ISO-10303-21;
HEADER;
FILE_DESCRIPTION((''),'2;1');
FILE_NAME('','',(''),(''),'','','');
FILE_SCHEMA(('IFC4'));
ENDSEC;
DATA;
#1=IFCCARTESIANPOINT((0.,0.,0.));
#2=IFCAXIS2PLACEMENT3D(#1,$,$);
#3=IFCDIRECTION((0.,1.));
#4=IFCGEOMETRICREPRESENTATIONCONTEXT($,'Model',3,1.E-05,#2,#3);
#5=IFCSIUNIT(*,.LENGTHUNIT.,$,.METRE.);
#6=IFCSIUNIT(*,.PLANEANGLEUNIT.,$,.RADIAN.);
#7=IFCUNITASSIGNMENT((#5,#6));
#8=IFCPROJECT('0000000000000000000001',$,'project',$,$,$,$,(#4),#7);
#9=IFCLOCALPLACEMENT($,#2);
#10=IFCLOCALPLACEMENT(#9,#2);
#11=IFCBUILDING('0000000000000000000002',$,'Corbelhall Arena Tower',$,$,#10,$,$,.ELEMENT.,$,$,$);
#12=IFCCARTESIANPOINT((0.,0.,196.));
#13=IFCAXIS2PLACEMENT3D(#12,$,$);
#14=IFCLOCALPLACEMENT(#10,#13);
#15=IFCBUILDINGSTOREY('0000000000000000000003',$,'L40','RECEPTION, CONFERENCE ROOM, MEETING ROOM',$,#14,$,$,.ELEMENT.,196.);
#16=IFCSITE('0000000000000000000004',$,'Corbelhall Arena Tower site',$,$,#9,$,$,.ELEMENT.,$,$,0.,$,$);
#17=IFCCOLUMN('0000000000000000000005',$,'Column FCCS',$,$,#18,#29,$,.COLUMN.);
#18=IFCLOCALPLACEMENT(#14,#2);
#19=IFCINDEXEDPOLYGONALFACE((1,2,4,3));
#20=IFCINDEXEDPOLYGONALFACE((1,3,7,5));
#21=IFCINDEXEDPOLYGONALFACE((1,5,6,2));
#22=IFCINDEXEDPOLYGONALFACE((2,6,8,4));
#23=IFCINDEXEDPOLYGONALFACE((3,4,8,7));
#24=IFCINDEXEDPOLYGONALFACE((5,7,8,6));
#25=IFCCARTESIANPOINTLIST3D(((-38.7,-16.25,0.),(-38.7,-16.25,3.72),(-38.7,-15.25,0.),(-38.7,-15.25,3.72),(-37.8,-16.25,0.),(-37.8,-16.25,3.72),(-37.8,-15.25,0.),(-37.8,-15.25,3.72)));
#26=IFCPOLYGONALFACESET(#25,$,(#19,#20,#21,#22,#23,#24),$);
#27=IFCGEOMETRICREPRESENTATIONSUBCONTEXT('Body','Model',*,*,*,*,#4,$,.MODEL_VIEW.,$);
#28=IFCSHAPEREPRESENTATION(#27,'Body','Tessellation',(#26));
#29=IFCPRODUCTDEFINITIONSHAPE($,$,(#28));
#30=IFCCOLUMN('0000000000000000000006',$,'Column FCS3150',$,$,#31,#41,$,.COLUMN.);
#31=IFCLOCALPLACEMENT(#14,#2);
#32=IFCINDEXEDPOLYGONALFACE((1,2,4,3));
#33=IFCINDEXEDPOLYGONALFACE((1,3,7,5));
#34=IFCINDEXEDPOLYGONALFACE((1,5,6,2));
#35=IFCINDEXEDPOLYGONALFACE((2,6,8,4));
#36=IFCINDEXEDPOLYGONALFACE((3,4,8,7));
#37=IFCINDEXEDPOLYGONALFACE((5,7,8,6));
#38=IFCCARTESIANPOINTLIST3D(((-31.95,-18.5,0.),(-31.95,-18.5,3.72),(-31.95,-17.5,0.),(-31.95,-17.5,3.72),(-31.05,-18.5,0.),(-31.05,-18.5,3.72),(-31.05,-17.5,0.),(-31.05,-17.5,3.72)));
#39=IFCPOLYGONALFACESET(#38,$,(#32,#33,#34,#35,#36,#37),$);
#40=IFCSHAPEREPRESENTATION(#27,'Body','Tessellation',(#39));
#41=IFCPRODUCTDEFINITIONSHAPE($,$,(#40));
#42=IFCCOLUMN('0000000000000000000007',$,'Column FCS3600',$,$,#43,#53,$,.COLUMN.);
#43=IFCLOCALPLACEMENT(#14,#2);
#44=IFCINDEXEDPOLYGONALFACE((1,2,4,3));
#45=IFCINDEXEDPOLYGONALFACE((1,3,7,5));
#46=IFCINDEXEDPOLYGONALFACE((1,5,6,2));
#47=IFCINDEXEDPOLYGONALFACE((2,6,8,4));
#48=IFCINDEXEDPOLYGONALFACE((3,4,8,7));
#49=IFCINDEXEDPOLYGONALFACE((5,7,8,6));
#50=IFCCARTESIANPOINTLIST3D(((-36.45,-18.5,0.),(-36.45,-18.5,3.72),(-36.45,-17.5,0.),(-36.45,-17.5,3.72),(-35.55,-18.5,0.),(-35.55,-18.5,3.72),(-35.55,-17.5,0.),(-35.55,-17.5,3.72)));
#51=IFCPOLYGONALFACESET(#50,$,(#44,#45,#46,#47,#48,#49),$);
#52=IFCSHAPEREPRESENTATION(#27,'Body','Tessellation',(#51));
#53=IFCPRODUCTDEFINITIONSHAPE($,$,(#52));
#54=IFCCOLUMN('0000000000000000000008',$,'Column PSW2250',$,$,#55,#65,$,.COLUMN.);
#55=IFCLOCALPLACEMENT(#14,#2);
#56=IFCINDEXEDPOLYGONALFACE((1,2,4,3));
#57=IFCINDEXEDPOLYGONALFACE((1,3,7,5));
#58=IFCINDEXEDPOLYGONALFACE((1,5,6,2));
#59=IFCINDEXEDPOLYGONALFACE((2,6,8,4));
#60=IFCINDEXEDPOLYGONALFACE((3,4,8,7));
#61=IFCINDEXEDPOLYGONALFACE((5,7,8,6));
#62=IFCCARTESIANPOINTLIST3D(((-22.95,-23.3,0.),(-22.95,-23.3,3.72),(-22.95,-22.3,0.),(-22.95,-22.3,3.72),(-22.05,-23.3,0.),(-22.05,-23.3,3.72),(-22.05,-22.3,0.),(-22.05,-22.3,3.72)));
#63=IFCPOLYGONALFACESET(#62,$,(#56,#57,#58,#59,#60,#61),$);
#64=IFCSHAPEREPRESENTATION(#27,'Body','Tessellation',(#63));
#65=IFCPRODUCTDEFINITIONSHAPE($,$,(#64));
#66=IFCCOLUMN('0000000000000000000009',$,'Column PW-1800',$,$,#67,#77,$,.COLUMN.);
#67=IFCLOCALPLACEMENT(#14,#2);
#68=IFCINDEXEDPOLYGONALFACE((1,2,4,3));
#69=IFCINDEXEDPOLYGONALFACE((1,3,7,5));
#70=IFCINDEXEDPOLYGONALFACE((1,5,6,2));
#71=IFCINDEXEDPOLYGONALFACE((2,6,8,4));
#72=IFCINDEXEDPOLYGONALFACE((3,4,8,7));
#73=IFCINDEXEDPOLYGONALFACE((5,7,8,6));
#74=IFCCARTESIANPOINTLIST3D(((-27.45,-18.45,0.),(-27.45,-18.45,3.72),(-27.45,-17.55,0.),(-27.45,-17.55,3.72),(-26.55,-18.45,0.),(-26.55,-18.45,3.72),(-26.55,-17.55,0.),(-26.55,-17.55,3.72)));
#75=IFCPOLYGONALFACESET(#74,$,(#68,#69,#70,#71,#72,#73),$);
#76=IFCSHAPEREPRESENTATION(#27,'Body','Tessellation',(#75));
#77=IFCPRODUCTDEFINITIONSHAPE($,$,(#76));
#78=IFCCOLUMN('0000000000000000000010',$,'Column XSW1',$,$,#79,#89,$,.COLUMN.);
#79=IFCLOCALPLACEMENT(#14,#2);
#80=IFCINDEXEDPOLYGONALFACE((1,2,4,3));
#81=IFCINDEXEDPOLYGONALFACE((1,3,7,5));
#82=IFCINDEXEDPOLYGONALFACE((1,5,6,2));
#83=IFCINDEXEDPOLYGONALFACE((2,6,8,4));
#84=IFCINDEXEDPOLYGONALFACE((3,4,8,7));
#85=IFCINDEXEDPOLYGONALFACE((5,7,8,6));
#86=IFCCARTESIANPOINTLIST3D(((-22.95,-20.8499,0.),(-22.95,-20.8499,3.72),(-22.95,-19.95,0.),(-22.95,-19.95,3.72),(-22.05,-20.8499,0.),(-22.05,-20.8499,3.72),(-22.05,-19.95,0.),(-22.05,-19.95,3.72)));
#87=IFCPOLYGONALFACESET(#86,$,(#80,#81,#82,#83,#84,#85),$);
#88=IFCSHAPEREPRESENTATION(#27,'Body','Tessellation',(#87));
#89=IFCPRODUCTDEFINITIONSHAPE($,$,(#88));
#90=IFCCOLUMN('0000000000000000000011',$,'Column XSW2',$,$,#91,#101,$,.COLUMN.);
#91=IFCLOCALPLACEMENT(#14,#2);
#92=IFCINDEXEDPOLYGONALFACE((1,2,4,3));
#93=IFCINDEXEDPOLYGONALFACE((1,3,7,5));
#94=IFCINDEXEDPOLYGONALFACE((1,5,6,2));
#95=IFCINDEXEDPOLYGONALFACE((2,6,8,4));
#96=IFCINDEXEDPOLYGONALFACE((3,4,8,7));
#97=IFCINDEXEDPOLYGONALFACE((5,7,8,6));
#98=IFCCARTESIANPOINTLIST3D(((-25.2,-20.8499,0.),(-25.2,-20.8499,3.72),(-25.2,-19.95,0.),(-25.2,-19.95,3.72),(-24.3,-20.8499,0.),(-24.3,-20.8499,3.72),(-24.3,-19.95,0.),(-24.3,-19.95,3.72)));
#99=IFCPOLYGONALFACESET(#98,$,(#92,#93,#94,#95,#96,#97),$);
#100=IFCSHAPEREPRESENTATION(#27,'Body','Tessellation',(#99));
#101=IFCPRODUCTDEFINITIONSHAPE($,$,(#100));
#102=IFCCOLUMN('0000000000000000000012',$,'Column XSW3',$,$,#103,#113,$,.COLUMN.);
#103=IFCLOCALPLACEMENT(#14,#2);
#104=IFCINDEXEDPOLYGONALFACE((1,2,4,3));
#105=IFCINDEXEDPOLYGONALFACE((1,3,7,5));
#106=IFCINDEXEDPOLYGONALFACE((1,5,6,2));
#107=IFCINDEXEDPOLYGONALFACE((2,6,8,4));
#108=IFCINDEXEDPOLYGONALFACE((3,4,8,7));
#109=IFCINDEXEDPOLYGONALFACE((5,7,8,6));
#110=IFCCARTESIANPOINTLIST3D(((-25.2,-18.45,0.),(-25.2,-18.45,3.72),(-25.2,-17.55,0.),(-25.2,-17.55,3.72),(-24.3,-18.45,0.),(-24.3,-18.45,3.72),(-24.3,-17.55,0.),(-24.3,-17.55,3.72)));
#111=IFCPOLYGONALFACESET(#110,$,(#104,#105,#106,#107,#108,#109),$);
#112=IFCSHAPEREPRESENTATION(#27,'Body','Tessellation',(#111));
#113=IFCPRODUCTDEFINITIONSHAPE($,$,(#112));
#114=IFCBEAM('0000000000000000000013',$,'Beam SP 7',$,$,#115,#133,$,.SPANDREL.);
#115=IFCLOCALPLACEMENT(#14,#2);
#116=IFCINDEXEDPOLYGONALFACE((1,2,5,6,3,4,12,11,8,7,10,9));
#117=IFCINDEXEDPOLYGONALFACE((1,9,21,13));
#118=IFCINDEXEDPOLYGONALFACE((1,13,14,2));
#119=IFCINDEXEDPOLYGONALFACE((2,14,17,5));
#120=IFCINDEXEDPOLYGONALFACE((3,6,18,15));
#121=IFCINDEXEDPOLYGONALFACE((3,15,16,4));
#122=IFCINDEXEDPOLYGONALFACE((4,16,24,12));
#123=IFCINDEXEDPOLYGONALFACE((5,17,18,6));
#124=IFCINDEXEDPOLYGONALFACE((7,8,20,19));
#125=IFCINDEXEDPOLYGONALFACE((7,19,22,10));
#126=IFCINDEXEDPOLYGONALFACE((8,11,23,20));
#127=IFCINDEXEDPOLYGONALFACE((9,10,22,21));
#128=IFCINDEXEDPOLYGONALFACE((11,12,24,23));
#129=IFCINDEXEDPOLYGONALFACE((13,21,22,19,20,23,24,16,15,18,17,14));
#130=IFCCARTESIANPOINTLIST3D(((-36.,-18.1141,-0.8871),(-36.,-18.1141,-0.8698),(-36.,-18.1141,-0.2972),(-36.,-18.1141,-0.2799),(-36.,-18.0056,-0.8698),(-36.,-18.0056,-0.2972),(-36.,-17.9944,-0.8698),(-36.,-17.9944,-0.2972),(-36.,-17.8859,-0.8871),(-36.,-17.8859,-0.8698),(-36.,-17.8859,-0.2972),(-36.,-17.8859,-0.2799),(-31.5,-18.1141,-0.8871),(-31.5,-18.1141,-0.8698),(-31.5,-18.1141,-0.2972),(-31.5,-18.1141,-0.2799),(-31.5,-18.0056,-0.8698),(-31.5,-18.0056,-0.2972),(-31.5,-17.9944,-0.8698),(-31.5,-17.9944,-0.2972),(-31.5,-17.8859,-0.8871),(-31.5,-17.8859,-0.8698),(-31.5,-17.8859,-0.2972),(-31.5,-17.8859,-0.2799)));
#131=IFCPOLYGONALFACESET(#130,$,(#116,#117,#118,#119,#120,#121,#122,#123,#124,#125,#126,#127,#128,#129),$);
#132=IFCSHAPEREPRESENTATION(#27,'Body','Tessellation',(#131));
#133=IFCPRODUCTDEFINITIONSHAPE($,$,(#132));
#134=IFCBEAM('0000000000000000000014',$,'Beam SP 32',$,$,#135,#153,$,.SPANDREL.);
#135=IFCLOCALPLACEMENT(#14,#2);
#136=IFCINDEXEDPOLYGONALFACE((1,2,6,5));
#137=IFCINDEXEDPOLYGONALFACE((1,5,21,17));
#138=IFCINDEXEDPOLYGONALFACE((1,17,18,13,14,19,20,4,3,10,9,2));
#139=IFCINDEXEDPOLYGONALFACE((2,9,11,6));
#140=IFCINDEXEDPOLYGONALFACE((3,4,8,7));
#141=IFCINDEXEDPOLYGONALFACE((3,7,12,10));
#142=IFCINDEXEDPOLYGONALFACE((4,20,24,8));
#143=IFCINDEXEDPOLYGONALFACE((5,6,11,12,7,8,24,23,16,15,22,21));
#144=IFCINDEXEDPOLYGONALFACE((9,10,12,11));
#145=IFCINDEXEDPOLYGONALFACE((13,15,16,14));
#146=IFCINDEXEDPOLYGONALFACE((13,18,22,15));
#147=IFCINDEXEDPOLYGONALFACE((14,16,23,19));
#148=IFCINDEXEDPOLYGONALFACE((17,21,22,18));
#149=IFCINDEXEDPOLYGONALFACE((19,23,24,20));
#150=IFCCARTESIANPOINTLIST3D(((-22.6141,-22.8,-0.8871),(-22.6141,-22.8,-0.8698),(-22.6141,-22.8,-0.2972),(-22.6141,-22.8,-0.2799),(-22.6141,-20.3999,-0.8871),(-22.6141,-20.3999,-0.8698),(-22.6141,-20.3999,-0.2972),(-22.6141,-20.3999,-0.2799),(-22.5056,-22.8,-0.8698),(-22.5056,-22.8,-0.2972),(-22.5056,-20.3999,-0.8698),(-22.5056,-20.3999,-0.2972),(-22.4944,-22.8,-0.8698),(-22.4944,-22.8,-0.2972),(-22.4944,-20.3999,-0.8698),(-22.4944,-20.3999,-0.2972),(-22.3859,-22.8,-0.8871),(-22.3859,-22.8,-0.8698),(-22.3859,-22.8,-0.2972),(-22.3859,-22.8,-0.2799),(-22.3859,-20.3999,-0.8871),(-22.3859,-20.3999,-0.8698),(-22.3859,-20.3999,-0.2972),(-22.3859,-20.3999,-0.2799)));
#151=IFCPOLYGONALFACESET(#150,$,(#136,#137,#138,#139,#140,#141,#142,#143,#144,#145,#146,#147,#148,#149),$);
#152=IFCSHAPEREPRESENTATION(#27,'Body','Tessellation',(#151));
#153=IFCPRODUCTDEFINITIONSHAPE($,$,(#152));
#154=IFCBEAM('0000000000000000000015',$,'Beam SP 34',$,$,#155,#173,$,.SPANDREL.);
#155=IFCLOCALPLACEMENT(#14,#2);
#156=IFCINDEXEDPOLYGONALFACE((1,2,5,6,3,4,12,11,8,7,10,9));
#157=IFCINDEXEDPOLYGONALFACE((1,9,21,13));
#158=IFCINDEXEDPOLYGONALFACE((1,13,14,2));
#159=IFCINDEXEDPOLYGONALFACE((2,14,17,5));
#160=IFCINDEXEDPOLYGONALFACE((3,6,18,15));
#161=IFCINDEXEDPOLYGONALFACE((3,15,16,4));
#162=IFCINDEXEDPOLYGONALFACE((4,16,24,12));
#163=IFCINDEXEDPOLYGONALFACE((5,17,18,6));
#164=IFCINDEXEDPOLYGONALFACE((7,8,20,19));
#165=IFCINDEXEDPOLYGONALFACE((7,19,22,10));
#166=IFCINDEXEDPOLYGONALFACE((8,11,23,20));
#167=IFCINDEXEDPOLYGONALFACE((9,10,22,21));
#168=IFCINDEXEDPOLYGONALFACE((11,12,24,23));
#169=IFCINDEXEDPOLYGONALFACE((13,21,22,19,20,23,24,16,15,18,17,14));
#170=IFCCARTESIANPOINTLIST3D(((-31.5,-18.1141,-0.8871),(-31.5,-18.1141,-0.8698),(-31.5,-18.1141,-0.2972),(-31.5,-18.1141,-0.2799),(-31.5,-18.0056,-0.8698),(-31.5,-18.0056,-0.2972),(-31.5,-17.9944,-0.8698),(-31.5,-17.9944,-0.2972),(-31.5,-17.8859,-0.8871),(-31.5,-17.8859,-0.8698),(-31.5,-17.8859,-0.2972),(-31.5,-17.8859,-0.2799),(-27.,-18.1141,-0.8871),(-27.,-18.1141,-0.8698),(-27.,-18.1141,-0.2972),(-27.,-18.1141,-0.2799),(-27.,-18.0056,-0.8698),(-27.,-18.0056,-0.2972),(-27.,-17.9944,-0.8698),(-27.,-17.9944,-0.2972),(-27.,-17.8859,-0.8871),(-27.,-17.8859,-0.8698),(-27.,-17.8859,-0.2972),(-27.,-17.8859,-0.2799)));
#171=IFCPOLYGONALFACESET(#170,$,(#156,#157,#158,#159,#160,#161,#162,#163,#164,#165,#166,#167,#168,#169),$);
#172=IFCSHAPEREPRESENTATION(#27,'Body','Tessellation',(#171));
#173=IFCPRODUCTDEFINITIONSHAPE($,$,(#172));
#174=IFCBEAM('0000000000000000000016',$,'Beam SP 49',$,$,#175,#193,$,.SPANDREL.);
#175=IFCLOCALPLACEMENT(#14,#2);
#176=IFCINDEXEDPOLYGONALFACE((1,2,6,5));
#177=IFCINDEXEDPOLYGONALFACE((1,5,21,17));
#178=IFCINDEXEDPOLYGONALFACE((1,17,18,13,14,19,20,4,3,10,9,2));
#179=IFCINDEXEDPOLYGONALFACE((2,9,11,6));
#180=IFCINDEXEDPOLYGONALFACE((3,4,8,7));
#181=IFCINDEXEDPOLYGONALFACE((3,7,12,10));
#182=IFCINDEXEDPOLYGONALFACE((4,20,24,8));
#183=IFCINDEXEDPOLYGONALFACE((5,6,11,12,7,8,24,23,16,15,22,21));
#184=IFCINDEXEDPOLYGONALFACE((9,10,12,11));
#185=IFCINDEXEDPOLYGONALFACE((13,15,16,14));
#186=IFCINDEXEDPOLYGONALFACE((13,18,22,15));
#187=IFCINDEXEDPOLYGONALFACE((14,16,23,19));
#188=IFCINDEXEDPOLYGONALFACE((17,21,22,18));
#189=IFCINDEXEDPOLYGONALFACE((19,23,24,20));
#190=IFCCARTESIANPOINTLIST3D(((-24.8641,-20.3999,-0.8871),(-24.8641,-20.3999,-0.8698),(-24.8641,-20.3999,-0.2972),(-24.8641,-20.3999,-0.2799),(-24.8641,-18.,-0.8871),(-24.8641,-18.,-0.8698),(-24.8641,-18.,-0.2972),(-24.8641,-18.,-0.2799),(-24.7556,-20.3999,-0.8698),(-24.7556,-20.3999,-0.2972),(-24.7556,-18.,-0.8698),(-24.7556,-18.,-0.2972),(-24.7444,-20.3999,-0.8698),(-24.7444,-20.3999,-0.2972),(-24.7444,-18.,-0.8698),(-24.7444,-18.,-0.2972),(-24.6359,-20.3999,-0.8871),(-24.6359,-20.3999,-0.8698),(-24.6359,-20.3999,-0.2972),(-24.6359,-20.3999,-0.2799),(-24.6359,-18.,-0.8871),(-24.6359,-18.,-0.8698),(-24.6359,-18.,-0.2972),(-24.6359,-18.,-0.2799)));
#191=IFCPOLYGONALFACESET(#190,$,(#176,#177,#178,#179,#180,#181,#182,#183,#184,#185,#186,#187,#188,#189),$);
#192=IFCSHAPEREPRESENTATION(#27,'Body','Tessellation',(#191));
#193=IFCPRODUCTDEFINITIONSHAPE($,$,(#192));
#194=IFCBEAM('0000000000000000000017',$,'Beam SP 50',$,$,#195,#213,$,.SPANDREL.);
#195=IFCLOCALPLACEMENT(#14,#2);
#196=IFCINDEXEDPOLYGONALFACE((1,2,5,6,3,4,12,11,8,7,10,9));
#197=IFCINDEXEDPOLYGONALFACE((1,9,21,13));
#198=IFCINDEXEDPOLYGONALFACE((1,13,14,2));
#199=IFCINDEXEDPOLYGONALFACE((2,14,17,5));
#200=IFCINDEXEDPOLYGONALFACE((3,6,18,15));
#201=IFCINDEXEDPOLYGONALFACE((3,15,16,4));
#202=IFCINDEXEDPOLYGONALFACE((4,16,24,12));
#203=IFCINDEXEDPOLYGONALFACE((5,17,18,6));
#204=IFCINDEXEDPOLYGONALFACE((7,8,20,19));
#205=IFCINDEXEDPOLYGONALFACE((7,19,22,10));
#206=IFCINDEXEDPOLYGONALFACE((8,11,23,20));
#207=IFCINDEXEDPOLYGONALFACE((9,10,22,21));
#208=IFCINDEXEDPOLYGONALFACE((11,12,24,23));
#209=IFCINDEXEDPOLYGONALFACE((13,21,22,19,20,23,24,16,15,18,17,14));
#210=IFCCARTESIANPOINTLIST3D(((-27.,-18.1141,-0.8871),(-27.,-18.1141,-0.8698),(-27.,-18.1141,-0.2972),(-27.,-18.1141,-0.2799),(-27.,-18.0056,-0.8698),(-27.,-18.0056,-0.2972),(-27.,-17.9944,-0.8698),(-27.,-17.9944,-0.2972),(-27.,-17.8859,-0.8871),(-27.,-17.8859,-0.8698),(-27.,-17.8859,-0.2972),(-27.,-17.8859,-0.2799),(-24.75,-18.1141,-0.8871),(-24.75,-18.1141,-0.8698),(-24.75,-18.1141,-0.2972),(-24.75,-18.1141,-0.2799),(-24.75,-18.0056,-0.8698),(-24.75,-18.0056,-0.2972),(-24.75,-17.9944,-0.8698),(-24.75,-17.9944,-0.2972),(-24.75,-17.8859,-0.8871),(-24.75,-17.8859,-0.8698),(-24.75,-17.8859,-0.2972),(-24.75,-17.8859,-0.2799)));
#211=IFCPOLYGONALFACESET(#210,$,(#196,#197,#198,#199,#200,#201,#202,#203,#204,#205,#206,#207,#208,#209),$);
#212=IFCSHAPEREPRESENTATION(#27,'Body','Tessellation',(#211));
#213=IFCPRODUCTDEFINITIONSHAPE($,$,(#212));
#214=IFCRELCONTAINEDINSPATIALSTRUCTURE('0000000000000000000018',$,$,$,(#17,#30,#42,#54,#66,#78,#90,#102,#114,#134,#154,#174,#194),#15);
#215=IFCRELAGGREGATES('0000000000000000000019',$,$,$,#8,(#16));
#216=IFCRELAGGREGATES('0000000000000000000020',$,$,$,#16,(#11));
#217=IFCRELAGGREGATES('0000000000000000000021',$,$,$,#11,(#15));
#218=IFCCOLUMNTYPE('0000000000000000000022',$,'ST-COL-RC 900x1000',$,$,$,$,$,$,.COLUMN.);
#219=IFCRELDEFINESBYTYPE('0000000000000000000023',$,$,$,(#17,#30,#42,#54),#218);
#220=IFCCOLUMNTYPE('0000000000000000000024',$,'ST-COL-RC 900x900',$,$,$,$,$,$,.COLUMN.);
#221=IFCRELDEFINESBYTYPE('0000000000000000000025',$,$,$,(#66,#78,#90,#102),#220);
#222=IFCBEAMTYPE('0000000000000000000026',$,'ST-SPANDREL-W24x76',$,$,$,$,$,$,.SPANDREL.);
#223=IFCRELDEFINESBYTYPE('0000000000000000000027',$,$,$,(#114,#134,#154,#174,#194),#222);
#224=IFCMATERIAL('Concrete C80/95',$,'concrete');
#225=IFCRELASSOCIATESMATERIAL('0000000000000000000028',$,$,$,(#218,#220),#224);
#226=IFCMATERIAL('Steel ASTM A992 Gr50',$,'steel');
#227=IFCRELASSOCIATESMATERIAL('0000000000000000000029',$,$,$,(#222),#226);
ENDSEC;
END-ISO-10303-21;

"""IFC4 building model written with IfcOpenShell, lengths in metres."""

from ifc_helpers import new_model, si_unit, direction, frame, origin, origin_2d, place, context, subcontext, project, spatial, rectangle, i_section, extrude, material, material_profile, profile_set, type_object, element, save


model = new_model("IFC4")

# Units and contexts
model_context = context("Model", 3, precision=1e-05, world=origin(), true_north=direction((0.0, 1.0)))
body_context = subcontext(model_context, "Body", "Model", "MODEL_VIEW")
ifc_project = project(units=[si_unit("LENGTHUNIT", "METRE"), si_unit("PLANEANGLEUNIT", "RADIAN")], contexts=[model_context])

# Site, building, storey
site_placement = place(None, origin())
site = spatial("IfcSite", under=ifc_project, at=site_placement, Name="Corbelhall Arena Tower site", CompositionType="ELEMENT", RefElevation=0.0)
building_placement = place(site_placement, origin())
building = spatial("IfcBuilding", under=site, at=building_placement, Name="Corbelhall Arena Tower", CompositionType="ELEMENT")
storey_placement = place(building_placement, frame((0.0, 0.0, 196.0)))
storey = spatial("IfcBuildingStorey", under=building, at=storey_placement, Name="L40", Description="RECEPTION, CONFERENCE ROOM, MEETING ROOM", CompositionType="ELEMENT", Elevation=196.0)

# Columns
ifc_material_1 = material(Name="Concrete C80/95", Category="concrete")
ifc_material_profile_1 = material_profile(ifc_material_1, rectangle(XDim=0.8999, YDim=1.0, at=origin_2d()))
ifc_profile_set_1 = profile_set([ifc_material_profile_1], Name="Concrete C80/95")
column_type_1 = type_object("IfcColumnType", Name="ST-COL-RC 900x1000", PredefinedType="COLUMN", material=ifc_profile_set_1)
for number, where, z_axis, x_axis, name in (
    (1, (-38.25, -15.75, 0.0), (0.0, 0.0, 1.0), (1.0, 0.0, 0.0), "Column FCCS"),
    (2, (-31.5, -18.0, 0.0), (0.0, 0.0, 1.0), (1.0, 0.0, 0.0), "Column FCS3150"),
    (3, (-36.0, -18.0, 0.0), (0.0, 0.0, 1.0), (1.0, 0.0, 0.0), "Column FCS3600"),
    (4, (-22.5, -22.8, 0.0), (0.0, 0.0, 1.0), (1.0, 0.0, 0.0), "Column PSW2250"),
):
    element("IfcColumn", number, at=place(storey_placement, frame(where, z_axis=z_axis, x_axis=x_axis)), inside=storey, type_object=column_type_1, Name=name, PredefinedType="COLUMN", context=body_context, shape_type="SweptSolid", body=[
        extrude(rectangle(XDim=0.8999, YDim=1.0, at=origin_2d()), origin(), (0.0, 0.0, 1.0), 3.72),
    ])
ifc_material_profile_2 = material_profile(ifc_material_1, rectangle(XDim=0.8999, YDim=0.8999, at=origin_2d()))
ifc_profile_set_2 = profile_set([ifc_material_profile_2], Name="Concrete C80/95")
column_type_2 = type_object("IfcColumnType", Name="ST-COL-RC 900x900", PredefinedType="COLUMN", material=ifc_profile_set_2)
for number, where, z_axis, x_axis, name in (
    (5, (-27.0, -18.0, 0.0), (0.0, 0.0, 1.0), (1.0, 0.0, 0.0), "Column PW-1800"),
    (6, (-22.5, -20.3999, 0.0), (0.0, 0.0, 1.0), (1.0, 0.0, 0.0), "Column XSW1"),
    (7, (-24.75, -20.3999, 0.0), (0.0, 0.0, 1.0), (1.0, 0.0, 0.0), "Column XSW2"),
    (8, (-24.75, -18.0, 0.0), (0.0, 0.0, 1.0), (1.0, 0.0, 0.0), "Column XSW3"),
):
    element("IfcColumn", number, at=place(storey_placement, frame(where, z_axis=z_axis, x_axis=x_axis)), inside=storey, type_object=column_type_2, Name=name, PredefinedType="COLUMN", context=body_context, shape_type="SweptSolid", body=[
        extrude(rectangle(XDim=0.8999, YDim=0.8999, at=origin_2d()), origin(), (0.0, 0.0, 1.0), 3.72),
    ])

# Beams
ifc_material_2 = material(Name="Steel ASTM A992 Gr50", Category="steel")
ifc_material_profile_3 = material_profile(ifc_material_2, i_section(OverallWidth=0.2283, OverallDepth=0.6072, WebThickness=0.0112, FlangeThickness=0.0173, at=origin_2d()))
ifc_profile_set_3 = profile_set([ifc_material_profile_3], Name="Steel ASTM A992 Gr50")
beam_type = type_object("IfcBeamType", Name="ST-SPANDREL-W24x76", PredefinedType="SPANDREL", material=ifc_profile_set_3)
beam_1_placement = place(storey_placement, frame((-31.5, -18.0, -0.5835), z_axis=(-1.0, 0.0, 0.0), x_axis=(0.0, -1.0, 0.0)))
element("IfcBeam", 9, at=beam_1_placement, inside=storey, type_object=beam_type, Name="Beam SP 7", PredefinedType="SPANDREL", context=body_context, shape_type="SweptSolid", body=[
    extrude(i_section(OverallWidth=0.2283, OverallDepth=0.6072, WebThickness=0.0112, FlangeThickness=0.0173, at=origin_2d()), origin(), (0.0, 0.0, 1.0), 4.5),
])
beam_2_placement = place(storey_placement, frame((-22.5, -22.8, -0.5835), z_axis=(0.0, 1.0, 0.0), x_axis=(-1.0, 0.0, 0.0)))
element("IfcBeam", 10, at=beam_2_placement, inside=storey, type_object=beam_type, Name="Beam SP 32", PredefinedType="SPANDREL", context=body_context, shape_type="SweptSolid", body=[
    extrude(i_section(OverallWidth=0.2283, OverallDepth=0.6072, WebThickness=0.0112, FlangeThickness=0.0173, at=origin_2d()), origin(), (0.0, 0.0, 1.0), 2.4001),
])
beam_3_placement = place(storey_placement, frame((-27.0, -18.0, -0.5835), z_axis=(-1.0, 0.0, 0.0), x_axis=(0.0, -1.0, 0.0)))
element("IfcBeam", 11, at=beam_3_placement, inside=storey, type_object=beam_type, Name="Beam SP 34", PredefinedType="SPANDREL", context=body_context, shape_type="SweptSolid", body=[
    extrude(i_section(OverallWidth=0.2283, OverallDepth=0.6072, WebThickness=0.0112, FlangeThickness=0.0173, at=origin_2d()), origin(), (0.0, 0.0, 1.0), 4.5),
])
beam_4_placement = place(storey_placement, frame((-24.75, -20.3999, -0.5835), z_axis=(0.0, 1.0, 0.0), x_axis=(-1.0, 0.0, 0.0)))
element("IfcBeam", 12, at=beam_4_placement, inside=storey, type_object=beam_type, Name="Beam SP 49", PredefinedType="SPANDREL", context=body_context, shape_type="SweptSolid", body=[
    extrude(i_section(OverallWidth=0.2283, OverallDepth=0.6072, WebThickness=0.0112, FlangeThickness=0.0173, at=origin_2d()), origin(), (0.0, 0.0, 1.0), 2.3999),
])
beam_5_placement = place(storey_placement, frame((-24.75, -18.0, -0.5835), z_axis=(-1.0, 0.0, 0.0), x_axis=(0.0, -1.0, 0.0)))
element("IfcBeam", 13, at=beam_5_placement, inside=storey, type_object=beam_type, Name="Beam SP 50", PredefinedType="SPANDREL", context=body_context, shape_type="SweptSolid", body=[
    extrude(i_section(OverallWidth=0.2283, OverallDepth=0.6072, WebThickness=0.0112, FlangeThickness=0.0173, at=origin_2d()), origin(), (0.0, 0.0, 1.0), 2.25),
])

save(model, "model.ifc")
